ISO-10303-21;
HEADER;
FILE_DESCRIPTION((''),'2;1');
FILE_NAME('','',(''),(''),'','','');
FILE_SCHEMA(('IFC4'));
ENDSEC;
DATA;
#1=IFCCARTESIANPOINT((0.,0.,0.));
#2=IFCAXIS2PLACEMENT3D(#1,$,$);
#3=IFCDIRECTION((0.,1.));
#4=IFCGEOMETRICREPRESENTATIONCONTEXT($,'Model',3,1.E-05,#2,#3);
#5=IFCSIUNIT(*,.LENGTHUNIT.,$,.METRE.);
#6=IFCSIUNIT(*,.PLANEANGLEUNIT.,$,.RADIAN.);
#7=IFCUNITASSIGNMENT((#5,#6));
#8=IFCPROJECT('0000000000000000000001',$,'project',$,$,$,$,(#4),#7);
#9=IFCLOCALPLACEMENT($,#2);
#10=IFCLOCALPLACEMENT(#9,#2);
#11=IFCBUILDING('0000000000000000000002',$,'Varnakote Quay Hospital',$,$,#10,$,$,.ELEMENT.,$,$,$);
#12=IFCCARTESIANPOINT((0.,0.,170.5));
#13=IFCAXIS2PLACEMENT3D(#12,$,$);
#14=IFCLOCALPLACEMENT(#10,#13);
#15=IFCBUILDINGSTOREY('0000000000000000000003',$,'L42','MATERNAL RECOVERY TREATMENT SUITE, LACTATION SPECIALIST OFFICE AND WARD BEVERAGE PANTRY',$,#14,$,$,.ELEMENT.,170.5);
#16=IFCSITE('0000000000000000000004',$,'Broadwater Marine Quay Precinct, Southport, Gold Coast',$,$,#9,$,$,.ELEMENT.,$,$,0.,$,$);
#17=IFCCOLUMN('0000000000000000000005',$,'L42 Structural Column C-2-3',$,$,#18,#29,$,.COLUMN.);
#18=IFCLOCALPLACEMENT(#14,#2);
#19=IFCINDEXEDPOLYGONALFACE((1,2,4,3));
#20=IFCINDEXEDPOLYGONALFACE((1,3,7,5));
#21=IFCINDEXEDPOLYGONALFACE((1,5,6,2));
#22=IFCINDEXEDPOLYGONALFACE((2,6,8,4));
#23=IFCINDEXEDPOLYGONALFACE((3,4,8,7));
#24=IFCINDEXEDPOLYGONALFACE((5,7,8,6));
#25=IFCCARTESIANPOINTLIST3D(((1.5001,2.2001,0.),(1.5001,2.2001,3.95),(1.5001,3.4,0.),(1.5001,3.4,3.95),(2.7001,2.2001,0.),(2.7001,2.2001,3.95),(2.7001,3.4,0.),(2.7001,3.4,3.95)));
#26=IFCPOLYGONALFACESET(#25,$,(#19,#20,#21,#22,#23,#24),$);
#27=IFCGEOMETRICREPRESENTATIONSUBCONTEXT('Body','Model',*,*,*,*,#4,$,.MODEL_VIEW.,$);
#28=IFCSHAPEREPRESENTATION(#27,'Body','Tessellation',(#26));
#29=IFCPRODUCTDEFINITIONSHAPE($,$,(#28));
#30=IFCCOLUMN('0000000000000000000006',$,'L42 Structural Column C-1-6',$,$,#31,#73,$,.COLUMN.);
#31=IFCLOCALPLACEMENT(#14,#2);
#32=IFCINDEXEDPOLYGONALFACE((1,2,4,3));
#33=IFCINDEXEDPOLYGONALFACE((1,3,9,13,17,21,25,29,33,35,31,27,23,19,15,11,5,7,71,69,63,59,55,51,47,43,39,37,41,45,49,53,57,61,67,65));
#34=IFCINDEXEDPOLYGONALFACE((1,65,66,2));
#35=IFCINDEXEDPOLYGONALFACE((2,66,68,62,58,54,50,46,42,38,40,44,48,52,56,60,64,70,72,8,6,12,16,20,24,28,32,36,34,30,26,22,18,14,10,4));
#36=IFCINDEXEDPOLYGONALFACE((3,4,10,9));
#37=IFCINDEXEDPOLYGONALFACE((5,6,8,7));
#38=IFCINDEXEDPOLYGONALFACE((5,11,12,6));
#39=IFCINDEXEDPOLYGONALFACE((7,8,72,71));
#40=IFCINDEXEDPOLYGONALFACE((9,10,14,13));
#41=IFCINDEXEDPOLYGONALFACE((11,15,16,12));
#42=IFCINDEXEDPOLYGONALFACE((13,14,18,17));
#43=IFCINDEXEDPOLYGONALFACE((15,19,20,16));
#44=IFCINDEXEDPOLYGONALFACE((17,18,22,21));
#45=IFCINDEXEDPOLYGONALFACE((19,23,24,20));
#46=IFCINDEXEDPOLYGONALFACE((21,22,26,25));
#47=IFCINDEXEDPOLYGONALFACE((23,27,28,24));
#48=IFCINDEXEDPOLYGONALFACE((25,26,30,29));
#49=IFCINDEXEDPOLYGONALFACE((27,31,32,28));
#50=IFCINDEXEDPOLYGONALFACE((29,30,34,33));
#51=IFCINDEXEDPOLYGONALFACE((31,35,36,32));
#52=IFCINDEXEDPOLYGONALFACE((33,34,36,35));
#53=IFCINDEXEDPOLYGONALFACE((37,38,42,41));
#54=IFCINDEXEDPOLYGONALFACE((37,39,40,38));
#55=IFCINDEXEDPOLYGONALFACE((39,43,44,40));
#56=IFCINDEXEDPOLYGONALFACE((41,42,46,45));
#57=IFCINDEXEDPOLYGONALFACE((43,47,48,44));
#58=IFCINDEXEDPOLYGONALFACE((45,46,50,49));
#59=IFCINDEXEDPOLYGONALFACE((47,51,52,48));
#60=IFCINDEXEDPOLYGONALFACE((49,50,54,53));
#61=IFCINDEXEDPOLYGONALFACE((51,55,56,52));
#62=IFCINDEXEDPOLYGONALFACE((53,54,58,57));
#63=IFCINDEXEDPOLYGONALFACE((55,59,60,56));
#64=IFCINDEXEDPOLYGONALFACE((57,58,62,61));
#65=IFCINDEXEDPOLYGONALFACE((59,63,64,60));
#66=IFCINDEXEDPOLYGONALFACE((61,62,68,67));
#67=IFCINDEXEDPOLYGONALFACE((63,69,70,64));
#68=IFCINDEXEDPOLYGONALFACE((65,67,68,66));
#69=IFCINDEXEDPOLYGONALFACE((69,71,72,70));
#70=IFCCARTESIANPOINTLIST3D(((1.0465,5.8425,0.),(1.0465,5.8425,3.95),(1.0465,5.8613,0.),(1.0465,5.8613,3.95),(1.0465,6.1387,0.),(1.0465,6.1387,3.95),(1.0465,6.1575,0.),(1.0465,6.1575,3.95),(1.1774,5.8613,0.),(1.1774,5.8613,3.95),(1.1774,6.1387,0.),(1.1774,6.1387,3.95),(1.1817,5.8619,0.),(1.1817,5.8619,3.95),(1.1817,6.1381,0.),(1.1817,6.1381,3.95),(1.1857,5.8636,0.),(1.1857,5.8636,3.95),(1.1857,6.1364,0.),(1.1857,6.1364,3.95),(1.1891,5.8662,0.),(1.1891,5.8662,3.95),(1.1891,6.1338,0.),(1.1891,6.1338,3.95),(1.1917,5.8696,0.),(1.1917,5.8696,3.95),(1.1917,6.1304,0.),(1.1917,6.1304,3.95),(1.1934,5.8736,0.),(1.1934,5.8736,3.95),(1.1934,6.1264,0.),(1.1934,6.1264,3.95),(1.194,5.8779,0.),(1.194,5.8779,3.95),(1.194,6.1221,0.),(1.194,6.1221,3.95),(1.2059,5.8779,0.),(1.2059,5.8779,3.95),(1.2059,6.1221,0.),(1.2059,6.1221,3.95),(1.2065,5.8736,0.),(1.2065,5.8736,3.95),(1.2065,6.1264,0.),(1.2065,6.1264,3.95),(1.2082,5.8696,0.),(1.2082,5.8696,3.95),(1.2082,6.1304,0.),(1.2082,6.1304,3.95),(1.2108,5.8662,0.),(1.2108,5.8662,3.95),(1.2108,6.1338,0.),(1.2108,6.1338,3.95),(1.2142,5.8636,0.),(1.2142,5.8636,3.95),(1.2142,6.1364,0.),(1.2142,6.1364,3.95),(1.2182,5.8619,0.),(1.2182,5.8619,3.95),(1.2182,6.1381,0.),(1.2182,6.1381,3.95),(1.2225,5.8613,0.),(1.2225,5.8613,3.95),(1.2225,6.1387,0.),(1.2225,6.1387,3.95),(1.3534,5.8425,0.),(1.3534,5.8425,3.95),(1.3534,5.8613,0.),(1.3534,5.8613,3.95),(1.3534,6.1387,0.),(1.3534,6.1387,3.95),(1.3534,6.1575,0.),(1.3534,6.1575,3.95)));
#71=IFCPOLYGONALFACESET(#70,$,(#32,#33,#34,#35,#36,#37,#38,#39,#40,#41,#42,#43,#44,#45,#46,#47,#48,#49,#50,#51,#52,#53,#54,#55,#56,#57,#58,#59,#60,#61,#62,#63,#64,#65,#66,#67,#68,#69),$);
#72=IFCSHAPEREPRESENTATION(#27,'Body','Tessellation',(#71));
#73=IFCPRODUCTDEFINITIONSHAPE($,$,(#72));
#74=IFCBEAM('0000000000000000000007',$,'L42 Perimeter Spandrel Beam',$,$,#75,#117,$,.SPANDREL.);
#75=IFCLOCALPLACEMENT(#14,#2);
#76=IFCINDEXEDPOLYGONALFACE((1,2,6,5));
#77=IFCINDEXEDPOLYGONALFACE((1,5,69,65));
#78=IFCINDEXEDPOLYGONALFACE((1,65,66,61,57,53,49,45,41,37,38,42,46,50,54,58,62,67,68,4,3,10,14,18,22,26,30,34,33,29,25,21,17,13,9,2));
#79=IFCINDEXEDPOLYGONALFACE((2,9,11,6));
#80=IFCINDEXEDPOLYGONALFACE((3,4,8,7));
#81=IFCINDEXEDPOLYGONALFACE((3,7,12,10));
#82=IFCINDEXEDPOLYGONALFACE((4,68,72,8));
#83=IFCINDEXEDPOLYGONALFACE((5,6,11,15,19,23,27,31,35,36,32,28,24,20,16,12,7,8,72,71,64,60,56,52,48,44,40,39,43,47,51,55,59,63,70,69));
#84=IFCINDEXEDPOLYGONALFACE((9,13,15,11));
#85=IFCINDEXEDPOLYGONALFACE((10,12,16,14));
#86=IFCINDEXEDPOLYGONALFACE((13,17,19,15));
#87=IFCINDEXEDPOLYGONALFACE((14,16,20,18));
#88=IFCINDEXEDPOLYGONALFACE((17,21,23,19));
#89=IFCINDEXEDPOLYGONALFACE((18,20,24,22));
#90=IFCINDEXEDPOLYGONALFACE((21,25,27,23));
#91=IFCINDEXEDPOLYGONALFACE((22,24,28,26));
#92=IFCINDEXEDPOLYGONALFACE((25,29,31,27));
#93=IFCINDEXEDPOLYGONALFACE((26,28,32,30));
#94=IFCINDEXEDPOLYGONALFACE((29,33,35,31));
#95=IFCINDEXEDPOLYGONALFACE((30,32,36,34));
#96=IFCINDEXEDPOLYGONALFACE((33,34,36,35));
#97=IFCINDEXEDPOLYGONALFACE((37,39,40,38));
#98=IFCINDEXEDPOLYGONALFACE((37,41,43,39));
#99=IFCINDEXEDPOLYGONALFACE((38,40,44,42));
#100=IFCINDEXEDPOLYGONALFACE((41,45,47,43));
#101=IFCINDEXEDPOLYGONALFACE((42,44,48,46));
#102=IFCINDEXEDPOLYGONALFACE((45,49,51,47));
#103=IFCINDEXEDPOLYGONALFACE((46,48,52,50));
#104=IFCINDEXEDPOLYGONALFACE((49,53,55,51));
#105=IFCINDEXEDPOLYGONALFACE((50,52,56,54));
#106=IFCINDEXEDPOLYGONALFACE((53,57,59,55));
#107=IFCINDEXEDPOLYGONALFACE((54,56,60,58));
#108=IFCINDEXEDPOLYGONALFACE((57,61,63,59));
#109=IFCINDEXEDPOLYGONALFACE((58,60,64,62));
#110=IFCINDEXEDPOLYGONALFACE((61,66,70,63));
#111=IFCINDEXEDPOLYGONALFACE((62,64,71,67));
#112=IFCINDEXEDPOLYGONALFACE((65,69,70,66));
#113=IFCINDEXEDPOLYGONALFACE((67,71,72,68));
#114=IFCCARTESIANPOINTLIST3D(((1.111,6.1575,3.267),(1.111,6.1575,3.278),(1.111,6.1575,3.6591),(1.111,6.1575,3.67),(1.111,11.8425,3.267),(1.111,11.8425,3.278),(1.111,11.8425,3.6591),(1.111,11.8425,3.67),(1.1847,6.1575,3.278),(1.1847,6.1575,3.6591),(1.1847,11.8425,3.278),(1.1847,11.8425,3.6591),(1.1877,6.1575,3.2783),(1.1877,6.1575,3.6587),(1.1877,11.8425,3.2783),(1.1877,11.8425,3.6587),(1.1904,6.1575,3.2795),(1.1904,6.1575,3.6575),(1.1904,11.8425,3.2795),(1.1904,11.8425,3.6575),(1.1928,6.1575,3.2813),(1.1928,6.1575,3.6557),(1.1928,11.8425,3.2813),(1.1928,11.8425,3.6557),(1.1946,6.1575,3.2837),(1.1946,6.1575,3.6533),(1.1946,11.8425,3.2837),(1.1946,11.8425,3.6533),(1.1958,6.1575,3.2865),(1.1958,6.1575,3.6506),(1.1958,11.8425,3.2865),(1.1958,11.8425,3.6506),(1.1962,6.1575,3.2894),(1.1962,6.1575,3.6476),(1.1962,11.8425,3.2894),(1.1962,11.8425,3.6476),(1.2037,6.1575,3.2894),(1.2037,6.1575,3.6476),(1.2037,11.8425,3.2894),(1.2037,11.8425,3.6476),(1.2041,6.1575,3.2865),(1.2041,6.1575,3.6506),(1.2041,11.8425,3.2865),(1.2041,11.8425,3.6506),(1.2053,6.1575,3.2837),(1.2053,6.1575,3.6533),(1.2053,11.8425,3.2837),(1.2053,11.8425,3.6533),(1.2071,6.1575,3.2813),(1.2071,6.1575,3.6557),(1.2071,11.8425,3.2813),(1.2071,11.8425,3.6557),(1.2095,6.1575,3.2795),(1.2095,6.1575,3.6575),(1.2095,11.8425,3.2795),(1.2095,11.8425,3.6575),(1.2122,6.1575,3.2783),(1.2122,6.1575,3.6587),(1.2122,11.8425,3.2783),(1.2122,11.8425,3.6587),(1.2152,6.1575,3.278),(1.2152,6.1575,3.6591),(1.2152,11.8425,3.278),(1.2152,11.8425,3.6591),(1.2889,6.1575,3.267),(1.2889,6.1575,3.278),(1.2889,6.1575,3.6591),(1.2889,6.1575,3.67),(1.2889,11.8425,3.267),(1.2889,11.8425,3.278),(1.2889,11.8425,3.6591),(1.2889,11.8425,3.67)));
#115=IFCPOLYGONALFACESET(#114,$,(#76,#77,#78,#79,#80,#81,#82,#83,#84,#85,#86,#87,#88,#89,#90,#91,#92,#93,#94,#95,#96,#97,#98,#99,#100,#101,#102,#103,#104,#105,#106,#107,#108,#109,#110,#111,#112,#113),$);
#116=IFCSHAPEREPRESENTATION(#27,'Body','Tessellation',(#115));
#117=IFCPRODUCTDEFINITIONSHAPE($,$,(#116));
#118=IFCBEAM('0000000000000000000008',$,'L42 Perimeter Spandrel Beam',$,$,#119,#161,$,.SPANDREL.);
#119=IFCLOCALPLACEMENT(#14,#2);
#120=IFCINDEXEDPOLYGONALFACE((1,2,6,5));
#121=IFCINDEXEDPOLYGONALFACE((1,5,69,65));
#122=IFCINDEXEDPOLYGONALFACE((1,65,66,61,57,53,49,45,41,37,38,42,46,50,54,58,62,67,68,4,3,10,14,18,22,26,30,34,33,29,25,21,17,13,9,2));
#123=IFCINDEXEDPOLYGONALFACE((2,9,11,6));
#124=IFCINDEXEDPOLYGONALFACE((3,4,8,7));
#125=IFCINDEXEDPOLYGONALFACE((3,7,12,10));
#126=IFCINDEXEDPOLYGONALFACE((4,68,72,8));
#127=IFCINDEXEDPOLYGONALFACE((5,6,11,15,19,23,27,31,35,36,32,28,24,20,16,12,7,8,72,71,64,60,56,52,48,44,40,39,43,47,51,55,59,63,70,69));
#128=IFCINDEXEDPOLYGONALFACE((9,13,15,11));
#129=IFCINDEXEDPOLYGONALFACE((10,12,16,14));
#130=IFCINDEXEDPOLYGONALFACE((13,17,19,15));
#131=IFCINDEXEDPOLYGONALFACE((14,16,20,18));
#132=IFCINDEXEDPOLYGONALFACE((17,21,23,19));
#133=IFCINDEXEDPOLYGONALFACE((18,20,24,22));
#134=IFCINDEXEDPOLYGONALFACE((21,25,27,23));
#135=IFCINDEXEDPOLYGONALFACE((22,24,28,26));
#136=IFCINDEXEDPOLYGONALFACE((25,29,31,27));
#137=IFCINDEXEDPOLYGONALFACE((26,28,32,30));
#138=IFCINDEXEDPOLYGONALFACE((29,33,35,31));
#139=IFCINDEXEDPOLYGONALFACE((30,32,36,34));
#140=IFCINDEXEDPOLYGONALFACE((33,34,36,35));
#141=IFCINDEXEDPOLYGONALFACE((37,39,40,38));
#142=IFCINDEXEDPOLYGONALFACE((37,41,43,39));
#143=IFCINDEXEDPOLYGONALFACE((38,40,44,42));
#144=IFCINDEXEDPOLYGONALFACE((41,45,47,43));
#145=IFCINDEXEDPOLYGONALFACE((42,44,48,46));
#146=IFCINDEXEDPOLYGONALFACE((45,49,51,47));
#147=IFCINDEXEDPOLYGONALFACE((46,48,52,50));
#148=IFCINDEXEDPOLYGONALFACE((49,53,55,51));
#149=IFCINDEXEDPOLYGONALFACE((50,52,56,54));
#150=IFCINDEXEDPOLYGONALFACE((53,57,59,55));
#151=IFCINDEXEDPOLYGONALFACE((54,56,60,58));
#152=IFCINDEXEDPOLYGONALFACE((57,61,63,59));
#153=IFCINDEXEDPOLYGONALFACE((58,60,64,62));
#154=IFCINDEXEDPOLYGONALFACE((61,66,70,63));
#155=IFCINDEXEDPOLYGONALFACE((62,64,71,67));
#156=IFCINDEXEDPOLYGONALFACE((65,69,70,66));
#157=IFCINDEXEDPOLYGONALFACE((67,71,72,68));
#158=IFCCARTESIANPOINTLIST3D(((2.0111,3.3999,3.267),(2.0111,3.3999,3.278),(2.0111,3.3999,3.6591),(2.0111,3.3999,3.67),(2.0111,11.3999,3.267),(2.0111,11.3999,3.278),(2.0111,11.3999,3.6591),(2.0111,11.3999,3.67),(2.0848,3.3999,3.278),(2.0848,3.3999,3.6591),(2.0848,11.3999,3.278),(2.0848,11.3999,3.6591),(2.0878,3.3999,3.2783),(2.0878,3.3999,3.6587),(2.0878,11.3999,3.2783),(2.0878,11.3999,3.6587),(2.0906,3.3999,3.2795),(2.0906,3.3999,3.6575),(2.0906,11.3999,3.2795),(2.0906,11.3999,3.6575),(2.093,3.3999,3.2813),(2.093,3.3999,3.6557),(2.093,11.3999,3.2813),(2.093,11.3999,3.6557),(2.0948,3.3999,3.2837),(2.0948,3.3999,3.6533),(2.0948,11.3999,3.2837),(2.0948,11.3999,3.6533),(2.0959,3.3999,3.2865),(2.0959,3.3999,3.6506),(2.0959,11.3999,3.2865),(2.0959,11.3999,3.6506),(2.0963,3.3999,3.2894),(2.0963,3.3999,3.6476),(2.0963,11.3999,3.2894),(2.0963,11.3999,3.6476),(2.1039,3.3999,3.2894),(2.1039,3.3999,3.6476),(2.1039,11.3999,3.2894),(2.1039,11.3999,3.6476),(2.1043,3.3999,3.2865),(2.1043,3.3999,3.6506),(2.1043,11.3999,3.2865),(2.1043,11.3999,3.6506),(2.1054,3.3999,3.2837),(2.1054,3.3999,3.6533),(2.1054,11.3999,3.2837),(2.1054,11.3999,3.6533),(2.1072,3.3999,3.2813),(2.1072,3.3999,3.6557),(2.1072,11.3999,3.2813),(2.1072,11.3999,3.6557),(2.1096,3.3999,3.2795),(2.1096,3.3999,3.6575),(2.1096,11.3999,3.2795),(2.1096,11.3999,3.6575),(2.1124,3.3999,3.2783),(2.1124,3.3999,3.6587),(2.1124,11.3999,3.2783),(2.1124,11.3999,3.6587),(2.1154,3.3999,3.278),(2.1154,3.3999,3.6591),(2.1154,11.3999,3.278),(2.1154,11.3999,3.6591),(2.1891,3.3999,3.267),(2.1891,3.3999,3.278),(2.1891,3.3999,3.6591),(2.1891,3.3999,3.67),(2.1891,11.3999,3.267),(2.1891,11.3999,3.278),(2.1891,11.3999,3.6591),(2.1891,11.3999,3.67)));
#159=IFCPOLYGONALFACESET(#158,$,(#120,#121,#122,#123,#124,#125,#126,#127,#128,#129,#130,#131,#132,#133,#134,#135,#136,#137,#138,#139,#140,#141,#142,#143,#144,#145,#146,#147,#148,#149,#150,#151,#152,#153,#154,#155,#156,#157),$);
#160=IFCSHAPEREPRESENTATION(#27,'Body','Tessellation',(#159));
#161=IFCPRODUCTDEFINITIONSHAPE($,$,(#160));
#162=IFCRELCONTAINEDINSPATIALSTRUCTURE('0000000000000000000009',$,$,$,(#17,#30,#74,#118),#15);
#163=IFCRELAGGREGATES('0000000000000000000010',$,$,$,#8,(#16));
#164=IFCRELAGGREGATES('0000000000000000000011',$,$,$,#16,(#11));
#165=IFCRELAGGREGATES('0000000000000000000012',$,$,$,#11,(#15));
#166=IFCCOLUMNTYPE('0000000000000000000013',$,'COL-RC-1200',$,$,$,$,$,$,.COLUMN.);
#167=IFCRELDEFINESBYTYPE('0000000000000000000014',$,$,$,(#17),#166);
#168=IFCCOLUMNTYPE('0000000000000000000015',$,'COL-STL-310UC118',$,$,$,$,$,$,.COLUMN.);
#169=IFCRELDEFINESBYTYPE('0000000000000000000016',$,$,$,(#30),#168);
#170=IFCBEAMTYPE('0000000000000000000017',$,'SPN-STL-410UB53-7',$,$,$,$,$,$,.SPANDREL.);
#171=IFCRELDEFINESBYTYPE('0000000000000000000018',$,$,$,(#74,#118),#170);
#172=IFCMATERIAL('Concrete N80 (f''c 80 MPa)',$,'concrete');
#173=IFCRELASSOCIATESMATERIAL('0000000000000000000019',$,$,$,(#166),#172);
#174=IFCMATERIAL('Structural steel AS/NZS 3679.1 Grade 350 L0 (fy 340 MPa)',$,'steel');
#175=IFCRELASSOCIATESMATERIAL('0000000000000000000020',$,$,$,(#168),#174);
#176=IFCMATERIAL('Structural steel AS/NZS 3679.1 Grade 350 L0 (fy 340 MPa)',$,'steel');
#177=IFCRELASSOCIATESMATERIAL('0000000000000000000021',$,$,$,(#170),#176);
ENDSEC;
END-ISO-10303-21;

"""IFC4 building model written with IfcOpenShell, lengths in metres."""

from ifc_helpers import new_model, si_unit, direction, frame, origin, origin_2d, place, context, subcontext, project, spatial, rectangle, i_section, extrude, material, material_profile, profile_set, type_object, element, save


model = new_model("IFC4")

# Units and contexts
model_context = context("Model", 3, precision=1e-05, world=origin(), true_north=direction((0.0, 1.0)))
body_context = subcontext(model_context, "Body", "Model", "MODEL_VIEW")
ifc_project = project(units=[si_unit("LENGTHUNIT", "METRE"), si_unit("PLANEANGLEUNIT", "RADIAN")], contexts=[model_context])

# Site, building, storey
site_placement = place(None, origin())
site = spatial("IfcSite", under=ifc_project, at=site_placement, Name="Broadwater Marine Quay Precinct, Southport, Gold Coast", CompositionType="ELEMENT", RefElevation=0.0)
building_placement = place(site_placement, origin())
building = spatial("IfcBuilding", under=site, at=building_placement, Name="Varnakote Quay Hospital", CompositionType="ELEMENT")
storey_placement = place(building_placement, frame((0.0, 0.0, 170.5)))
storey = spatial("IfcBuildingStorey", under=building, at=storey_placement, Name="L42", Description="MATERNAL RECOVERY TREATMENT SUITE, LACTATION SPECIALIST OFFICE AND WARD BEVERAGE PANTRY", CompositionType="ELEMENT", Elevation=170.5)

# Columns
ifc_material_1 = material(Name="Concrete N80 (f'c 80 MPa)", Category="concrete")
ifc_material_profile_1 = material_profile(ifc_material_1, rectangle(XDim=1.2, YDim=1.2, at=origin_2d()), Name="RC-COL-1200x1200")
ifc_profile_set_1 = profile_set([ifc_material_profile_1], Name="Concrete N80 (f'c 80 MPa)")
column_type_1 = type_object("IfcColumnType", Name="COL-RC-1200", PredefinedType="COLUMN", material=ifc_profile_set_1)
column_1_placement = place(storey_placement, frame((2.1001, 2.8, 0.0), z_axis=(0.0, 0.0, 1.0), x_axis=(1.0, 0.0, 0.0)))
element("IfcColumn", 1, at=column_1_placement, inside=storey, type_object=column_type_1, Name="L42 Structural Column C-2-3", PredefinedType="COLUMN", context=body_context, shape_type="SweptSolid", body=[
    extrude(rectangle(XDim=1.2, YDim=1.2, at=origin_2d()), origin(), (0.0, 0.0, 1.0), 3.95),
])
ifc_material_2 = material(Name="Structural steel AS/NZS 3679.1 Grade 350 L0 (fy 340 MPa)", Category="steel")
ifc_material_profile_2 = material_profile(ifc_material_2, i_section(OverallWidth=0.3069, OverallDepth=0.3149, WebThickness=0.012, FlangeThickness=0.0188, FilletRadius=0.0166, at=origin_2d()), Name="310UC118")
ifc_profile_set_2 = profile_set([ifc_material_profile_2], Name="Structural steel AS/NZS 3679.1 Grade 350 L0 (fy 340 MPa)")
column_type_2 = type_object("IfcColumnType", Name="COL-STL-310UC118", PredefinedType="COLUMN", material=ifc_profile_set_2)
column_2_placement = place(storey_placement, frame((1.2, 6.0, 0.0), z_axis=(0.0, 0.0, 1.0), x_axis=(1.0, 0.0, 0.0)))
element("IfcColumn", 2, at=column_2_placement, inside=storey, type_object=column_type_2, Name="L42 Structural Column C-1-6", PredefinedType="COLUMN", context=body_context, shape_type="SweptSolid", body=[
    extrude(i_section(OverallWidth=0.3069, OverallDepth=0.3149, WebThickness=0.012, FlangeThickness=0.0188, FilletRadius=0.0166, at=origin_2d()), origin(), (0.0, 0.0, 1.0), 3.95),
])

# Beams
ifc_material_3 = material(Name="Structural steel AS/NZS 3679.1 Grade 350 L0 (fy 340 MPa)", Category="steel")
ifc_material_profile_3 = material_profile(ifc_material_3, i_section(OverallWidth=0.178, OverallDepth=0.4031, WebThickness=0.0076, FlangeThickness=0.011, FilletRadius=0.0115, at=origin_2d()), Name="410UB53.7")
ifc_profile_set_3 = profile_set([ifc_material_profile_3], Name="Structural steel AS/NZS 3679.1 Grade 350 L0 (fy 340 MPa)")
beam_type_1 = type_object("IfcBeamType", Name="SPN-STL-410UB53-7", PredefinedType="SPANDREL", material=ifc_profile_set_3)
beam_1_placement = place(storey_placement, frame((1.2, 6.1575, 3.4685), z_axis=(0.0, 1.0, 0.0), x_axis=(-1.0, 0.0, 0.0)))
element("IfcBeam", 3, at=beam_1_placement, inside=storey, type_object=beam_type_1, Name="L42 Perimeter Spandrel Beam", PredefinedType="SPANDREL", context=body_context, shape_type="SweptSolid", body=[
    extrude(i_section(OverallWidth=0.178, OverallDepth=0.4031, WebThickness=0.0076, FlangeThickness=0.011, FilletRadius=0.0115, at=origin_2d()), origin(), (0.0, 0.0, 1.0), 5.6851),
])
beam_2_placement = place(storey_placement, frame((2.1001, 3.3999, 3.4685), z_axis=(0.0, 1.0, 0.0), x_axis=(-1.0, 0.0, 0.0)))
element("IfcBeam", 4, at=beam_2_placement, inside=storey, type_object=beam_type_1, Name="L42 Perimeter Spandrel Beam", PredefinedType="SPANDREL", context=body_context, shape_type="SweptSolid", body=[
    extrude(i_section(OverallWidth=0.178, OverallDepth=0.4031, WebThickness=0.0076, FlangeThickness=0.011, FilletRadius=0.0115, at=origin_2d()), origin(), (0.0, 0.0, 1.0), 8.0),
])

save(model, "model.ifc")
